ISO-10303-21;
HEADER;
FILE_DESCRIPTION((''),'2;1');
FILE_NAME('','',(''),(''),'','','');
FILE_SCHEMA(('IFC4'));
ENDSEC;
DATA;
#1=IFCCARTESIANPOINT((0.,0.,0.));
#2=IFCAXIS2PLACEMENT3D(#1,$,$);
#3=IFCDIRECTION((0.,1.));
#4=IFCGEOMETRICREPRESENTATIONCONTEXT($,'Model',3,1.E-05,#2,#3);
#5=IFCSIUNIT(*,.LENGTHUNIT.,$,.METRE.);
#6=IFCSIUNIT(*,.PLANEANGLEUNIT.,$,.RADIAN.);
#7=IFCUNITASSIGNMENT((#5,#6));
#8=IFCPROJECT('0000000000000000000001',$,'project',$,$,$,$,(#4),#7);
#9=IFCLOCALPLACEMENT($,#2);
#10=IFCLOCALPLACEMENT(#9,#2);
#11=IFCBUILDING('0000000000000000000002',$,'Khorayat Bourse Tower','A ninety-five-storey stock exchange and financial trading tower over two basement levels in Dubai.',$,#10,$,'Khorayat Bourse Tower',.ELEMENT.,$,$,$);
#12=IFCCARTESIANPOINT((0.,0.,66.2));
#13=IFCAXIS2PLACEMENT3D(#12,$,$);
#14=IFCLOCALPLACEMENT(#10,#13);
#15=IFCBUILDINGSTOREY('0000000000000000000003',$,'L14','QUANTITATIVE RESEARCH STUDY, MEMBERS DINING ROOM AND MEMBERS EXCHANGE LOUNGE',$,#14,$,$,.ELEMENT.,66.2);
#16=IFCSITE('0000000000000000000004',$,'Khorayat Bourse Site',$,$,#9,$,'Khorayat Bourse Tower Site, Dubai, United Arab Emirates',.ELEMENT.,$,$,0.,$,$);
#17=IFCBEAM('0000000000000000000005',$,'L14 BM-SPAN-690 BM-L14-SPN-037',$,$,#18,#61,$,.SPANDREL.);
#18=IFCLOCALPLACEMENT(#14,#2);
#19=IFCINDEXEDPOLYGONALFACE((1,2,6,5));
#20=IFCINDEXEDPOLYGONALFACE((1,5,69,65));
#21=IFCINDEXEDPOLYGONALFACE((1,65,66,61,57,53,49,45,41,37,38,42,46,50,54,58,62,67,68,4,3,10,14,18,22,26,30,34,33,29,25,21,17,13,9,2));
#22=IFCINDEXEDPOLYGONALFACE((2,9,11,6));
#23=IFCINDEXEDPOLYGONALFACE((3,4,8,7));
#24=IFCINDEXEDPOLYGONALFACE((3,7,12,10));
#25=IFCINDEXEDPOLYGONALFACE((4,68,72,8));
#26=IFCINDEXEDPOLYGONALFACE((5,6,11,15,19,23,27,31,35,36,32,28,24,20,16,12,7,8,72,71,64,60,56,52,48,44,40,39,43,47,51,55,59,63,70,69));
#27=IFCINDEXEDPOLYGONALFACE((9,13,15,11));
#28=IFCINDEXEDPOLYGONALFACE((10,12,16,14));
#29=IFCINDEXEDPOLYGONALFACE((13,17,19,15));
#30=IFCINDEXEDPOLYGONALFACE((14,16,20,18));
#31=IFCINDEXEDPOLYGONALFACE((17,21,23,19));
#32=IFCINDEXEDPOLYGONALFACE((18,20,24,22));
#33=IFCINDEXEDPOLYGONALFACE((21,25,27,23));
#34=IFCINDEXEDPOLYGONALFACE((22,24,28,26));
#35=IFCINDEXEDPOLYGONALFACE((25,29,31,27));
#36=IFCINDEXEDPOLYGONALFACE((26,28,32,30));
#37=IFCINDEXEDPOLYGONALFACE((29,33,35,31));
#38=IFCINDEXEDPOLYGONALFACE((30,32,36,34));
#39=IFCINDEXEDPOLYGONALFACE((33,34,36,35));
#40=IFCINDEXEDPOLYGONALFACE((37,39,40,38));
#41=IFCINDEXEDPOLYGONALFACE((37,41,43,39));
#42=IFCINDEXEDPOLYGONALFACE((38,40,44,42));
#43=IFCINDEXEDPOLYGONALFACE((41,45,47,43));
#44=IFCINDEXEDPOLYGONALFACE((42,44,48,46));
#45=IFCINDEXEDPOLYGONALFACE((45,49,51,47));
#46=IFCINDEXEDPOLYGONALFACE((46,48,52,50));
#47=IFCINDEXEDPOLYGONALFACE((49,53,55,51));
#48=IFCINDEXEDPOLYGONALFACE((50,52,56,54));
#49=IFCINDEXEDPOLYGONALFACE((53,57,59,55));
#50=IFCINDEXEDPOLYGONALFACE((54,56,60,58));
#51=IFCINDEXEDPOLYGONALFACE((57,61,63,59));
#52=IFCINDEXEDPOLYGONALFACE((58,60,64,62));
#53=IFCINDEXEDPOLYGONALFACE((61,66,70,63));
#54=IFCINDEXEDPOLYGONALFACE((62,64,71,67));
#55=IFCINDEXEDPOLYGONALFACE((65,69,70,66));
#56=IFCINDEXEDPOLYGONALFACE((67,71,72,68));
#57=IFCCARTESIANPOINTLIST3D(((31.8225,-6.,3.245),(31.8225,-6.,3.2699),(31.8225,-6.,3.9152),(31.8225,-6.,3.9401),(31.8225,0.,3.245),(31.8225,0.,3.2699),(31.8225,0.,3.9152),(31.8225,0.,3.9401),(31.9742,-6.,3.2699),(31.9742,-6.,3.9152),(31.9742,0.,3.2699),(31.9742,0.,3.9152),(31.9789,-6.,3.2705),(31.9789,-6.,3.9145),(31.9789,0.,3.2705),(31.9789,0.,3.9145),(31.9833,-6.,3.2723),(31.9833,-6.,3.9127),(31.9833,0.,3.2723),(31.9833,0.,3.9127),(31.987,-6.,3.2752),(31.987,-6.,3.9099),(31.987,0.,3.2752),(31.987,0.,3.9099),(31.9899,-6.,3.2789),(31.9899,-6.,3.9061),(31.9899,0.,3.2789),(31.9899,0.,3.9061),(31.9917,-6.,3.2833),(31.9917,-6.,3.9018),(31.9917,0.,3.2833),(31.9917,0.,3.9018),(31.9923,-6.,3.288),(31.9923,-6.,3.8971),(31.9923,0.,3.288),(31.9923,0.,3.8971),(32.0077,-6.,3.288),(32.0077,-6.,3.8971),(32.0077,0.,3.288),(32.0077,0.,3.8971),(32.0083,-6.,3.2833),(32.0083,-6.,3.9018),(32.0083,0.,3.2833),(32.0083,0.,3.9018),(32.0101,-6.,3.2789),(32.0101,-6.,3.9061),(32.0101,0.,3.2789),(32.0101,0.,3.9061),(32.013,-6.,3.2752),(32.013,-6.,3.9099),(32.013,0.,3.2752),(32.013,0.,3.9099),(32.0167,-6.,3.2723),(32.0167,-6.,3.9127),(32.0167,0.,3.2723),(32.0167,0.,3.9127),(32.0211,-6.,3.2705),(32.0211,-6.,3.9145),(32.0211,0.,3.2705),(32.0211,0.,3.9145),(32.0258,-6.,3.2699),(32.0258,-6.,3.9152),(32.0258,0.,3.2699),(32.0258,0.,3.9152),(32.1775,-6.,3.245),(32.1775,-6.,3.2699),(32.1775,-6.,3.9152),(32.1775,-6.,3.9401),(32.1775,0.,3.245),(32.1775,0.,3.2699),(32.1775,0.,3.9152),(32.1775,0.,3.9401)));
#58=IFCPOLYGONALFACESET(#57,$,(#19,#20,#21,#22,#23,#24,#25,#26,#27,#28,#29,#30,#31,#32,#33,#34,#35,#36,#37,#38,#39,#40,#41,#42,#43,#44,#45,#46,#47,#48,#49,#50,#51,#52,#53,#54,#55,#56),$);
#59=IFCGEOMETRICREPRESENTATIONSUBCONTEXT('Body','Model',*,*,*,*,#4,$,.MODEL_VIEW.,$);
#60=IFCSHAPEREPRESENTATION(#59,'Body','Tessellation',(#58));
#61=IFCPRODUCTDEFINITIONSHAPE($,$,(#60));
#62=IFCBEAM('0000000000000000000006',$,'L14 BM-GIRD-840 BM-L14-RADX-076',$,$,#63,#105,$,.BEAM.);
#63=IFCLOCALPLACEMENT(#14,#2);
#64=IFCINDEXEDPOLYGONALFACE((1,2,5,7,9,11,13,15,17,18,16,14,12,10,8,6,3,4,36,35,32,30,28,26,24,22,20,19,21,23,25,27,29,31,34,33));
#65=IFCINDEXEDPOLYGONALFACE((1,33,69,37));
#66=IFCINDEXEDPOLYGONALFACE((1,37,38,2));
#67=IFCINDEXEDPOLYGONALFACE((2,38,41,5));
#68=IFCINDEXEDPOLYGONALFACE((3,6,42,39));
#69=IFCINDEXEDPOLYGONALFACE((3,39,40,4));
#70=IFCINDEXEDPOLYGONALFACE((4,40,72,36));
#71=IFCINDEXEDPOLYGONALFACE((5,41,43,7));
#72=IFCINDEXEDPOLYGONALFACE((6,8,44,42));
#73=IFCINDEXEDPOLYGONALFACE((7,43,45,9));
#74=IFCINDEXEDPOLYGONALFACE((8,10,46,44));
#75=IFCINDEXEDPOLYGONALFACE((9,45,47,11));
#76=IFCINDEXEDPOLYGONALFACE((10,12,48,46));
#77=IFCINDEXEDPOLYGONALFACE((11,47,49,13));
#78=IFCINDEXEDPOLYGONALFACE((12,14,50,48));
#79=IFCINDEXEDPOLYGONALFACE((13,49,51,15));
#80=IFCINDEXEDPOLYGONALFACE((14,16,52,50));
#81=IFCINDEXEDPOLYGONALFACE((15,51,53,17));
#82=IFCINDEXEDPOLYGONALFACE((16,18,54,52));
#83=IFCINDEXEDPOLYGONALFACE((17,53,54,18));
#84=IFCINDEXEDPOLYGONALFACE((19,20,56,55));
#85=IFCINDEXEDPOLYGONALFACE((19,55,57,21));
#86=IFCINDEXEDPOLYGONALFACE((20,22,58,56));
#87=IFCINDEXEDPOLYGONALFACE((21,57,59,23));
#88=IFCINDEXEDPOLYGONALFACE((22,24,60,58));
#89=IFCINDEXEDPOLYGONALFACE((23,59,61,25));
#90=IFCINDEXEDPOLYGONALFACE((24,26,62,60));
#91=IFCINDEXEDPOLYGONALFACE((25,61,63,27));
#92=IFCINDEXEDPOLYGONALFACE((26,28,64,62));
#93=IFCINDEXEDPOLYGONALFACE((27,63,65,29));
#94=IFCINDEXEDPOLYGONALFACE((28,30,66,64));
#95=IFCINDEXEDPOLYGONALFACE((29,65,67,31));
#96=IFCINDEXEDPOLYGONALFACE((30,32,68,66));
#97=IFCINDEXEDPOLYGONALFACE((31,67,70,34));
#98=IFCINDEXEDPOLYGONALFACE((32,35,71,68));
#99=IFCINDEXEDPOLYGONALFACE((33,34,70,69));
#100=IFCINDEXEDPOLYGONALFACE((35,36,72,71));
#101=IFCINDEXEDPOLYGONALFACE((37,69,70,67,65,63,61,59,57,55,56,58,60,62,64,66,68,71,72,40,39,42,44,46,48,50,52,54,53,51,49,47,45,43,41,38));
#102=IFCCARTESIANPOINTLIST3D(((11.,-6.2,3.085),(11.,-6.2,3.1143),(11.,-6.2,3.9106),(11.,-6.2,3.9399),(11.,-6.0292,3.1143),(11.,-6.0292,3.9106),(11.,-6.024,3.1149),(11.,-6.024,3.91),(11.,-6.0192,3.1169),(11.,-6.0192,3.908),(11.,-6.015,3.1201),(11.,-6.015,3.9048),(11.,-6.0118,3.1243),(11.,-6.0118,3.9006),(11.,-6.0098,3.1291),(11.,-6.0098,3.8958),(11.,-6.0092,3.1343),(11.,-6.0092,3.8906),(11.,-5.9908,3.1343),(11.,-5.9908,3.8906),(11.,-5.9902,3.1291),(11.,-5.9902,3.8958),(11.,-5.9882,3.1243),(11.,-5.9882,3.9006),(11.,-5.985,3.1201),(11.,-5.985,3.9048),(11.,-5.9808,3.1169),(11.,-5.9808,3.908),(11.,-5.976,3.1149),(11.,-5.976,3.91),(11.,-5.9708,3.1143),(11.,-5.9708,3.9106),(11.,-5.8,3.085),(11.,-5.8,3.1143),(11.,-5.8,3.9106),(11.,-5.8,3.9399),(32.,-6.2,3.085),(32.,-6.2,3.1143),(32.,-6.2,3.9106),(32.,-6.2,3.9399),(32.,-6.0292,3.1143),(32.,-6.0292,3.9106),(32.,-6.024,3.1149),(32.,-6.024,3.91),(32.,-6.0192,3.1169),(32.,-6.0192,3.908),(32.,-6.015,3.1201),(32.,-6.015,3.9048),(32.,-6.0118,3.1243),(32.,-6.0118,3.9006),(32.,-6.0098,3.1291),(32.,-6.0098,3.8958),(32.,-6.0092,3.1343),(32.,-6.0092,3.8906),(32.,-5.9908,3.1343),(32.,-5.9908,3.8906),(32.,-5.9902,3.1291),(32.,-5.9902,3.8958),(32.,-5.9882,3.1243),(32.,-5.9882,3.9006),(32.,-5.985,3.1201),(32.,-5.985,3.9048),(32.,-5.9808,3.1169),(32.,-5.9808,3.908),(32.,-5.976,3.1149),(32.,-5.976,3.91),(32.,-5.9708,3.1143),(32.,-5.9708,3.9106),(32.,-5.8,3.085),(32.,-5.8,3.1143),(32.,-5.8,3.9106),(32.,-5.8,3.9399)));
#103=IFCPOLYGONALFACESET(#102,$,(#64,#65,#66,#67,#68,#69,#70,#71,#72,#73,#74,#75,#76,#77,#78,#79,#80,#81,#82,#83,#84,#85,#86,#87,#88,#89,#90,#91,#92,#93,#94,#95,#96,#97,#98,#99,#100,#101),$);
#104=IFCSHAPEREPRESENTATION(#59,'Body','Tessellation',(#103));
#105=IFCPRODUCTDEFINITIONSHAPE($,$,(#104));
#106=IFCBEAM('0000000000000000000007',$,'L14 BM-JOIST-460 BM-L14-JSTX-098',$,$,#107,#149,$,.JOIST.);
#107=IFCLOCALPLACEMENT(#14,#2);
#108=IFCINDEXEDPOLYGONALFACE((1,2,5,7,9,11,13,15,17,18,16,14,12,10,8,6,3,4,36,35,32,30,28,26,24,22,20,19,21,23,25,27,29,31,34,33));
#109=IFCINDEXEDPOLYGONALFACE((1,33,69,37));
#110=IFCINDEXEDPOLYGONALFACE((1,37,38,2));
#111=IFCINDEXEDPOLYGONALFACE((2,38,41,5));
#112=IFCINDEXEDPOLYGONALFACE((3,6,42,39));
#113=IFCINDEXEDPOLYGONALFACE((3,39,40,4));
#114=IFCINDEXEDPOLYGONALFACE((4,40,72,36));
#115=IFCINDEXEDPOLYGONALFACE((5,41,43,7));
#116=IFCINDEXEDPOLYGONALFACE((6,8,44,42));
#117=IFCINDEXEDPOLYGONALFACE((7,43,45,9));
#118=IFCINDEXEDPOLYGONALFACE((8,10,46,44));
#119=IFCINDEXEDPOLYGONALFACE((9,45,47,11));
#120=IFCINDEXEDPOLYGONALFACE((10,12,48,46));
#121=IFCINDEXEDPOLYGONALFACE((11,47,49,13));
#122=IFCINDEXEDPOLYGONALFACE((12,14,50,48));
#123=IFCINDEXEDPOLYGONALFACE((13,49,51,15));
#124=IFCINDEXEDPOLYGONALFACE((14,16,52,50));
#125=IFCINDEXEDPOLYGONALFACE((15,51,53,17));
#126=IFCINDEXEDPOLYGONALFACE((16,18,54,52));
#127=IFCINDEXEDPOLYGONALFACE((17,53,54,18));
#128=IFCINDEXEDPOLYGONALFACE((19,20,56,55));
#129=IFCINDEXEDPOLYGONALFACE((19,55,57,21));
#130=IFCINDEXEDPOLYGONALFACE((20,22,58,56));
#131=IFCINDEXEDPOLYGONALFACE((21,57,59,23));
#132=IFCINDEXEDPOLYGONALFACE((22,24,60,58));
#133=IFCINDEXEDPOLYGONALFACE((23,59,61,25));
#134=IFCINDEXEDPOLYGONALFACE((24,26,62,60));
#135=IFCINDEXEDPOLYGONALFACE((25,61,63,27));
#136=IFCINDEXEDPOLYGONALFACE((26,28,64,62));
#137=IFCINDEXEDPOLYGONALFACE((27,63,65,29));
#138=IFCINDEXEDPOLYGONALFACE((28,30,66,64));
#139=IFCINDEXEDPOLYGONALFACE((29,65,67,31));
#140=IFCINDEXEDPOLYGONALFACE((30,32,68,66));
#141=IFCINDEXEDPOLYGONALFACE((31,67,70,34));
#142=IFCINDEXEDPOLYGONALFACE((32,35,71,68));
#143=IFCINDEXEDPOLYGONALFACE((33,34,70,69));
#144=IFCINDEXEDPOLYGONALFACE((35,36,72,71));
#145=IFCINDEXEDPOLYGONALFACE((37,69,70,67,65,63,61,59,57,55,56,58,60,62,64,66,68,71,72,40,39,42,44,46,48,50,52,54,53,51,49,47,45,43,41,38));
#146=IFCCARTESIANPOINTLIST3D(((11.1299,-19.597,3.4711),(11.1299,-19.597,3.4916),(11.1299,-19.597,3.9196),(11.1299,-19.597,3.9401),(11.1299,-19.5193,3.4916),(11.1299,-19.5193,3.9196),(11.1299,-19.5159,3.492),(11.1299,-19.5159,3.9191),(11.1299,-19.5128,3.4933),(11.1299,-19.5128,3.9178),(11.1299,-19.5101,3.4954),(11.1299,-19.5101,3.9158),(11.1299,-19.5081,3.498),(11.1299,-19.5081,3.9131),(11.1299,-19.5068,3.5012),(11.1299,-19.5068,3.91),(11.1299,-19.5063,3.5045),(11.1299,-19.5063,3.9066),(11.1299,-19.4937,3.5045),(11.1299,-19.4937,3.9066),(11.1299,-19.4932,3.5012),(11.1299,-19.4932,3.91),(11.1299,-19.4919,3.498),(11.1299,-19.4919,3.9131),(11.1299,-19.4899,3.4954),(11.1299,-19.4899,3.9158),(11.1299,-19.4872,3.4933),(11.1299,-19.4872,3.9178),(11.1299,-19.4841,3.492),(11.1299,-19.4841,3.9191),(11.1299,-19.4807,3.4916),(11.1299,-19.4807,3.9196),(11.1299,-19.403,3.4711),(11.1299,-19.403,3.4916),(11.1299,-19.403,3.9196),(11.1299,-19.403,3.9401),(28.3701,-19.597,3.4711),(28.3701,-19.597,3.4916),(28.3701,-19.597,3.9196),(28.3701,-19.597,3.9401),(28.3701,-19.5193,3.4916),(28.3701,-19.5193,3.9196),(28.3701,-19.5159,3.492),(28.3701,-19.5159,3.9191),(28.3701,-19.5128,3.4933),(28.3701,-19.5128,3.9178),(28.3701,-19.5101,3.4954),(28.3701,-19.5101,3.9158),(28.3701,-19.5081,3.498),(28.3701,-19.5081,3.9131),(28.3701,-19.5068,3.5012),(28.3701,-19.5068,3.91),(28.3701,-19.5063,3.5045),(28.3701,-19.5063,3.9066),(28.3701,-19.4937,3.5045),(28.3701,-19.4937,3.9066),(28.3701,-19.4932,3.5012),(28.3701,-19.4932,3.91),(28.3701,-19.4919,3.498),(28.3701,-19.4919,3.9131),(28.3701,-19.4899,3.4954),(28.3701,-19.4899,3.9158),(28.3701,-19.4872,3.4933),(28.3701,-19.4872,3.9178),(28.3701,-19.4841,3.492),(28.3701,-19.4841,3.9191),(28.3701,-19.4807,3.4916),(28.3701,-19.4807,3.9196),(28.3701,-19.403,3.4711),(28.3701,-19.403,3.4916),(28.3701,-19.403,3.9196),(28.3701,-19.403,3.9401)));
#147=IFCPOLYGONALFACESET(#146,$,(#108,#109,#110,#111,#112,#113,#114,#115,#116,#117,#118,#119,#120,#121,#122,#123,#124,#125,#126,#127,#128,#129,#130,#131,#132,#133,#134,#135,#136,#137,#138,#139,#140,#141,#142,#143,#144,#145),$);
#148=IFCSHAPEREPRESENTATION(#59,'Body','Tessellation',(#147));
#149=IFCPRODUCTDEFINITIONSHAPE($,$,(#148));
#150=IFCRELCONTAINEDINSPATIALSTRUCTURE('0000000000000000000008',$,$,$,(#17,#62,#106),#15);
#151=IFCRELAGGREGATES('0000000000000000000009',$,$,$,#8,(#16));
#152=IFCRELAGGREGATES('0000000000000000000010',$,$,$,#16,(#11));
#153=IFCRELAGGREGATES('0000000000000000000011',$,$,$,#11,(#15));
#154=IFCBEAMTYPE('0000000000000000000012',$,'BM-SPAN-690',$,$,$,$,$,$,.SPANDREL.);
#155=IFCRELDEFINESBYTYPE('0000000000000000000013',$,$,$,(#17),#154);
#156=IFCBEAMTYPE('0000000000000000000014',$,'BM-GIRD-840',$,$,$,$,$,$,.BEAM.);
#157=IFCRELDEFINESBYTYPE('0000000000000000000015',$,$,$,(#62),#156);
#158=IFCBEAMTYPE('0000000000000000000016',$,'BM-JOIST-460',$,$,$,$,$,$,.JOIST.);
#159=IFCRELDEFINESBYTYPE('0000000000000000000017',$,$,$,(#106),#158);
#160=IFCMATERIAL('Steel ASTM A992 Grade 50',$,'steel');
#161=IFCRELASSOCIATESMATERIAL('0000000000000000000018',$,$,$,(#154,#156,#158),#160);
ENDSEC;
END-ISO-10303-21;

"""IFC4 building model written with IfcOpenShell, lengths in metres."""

from ifc_helpers import new_model, si_unit, direction, frame, origin, origin_2d, place, context, subcontext, project, spatial, i_section, extrude, source, transform, mapped, material, material_profile, profile_set, type_object, element, save


model = new_model("IFC4")

# Units and contexts
model_context = context("Model", 3, precision=1e-05, world=origin(), true_north=direction((0.0, 1.0)))
body_context = subcontext(model_context, "Body", "Model", "MODEL_VIEW")
ifc_project = project(units=[si_unit("LENGTHUNIT", "METRE"), si_unit("PLANEANGLEUNIT", "RADIAN")], contexts=[model_context])

# Site, building, storey
site_placement = place(None, origin())
site = spatial("IfcSite", under=ifc_project, at=site_placement, Name="Khorayat Bourse Site", LongName="Khorayat Bourse Tower Site, Dubai, United Arab Emirates", CompositionType="ELEMENT", RefElevation=0.0)
building_placement = place(site_placement, origin())
building = spatial("IfcBuilding", under=site, at=building_placement, Name="Khorayat Bourse Tower", Description="A ninety-five-storey stock exchange and financial trading tower over two basement levels in Dubai.", LongName="Khorayat Bourse Tower", CompositionType="ELEMENT")
storey_placement = place(building_placement, frame((0.0, 0.0, 66.2)))
storey = spatial("IfcBuildingStorey", under=building, at=storey_placement, Name="L14", Description="QUANTITATIVE RESEARCH STUDY, MEMBERS DINING ROOM AND MEMBERS EXCHANGE LOUNGE", CompositionType="ELEMENT", Elevation=66.2)

# Beams
ifc_material_1 = material(Name="Steel ASTM A992 Grade 50", Category="steel")
ifc_material_profile_1 = material_profile(ifc_material_1, i_section(OverallWidth=0.355, OverallDepth=0.6951, WebThickness=0.0154, FlangeThickness=0.0249, FilletRadius=0.0181, at=origin_2d()), Name="W690X217")
ifc_profile_set_1 = profile_set([ifc_material_profile_1], Name="Steel ASTM A992 Grade 50")
beam_type_1 = type_object("IfcBeamType", Name="BM-SPAN-690", PredefinedType="SPANDREL", material=ifc_profile_set_1)
shared_shape_1 = source(origin(), body_context, "Body", "SweptSolid", [
    extrude(i_section(OverallWidth=0.355, OverallDepth=0.6951, WebThickness=0.0154, FlangeThickness=0.0249, FilletRadius=0.0181, at=origin_2d()), origin(), (0.0, 0.0, 1.0), 6.0),
])
beam_1_placement = place(storey_placement, frame((32.0, -6.0, 3.5925), z_axis=(0.0, 1.0, 0.0), x_axis=(-1.0, 0.0, 0.0)))
element("IfcBeam", 1, at=beam_1_placement, inside=storey, type_object=beam_type_1, Name="L14 BM-SPAN-690 BM-L14-SPN-037", PredefinedType="SPANDREL", context=body_context, shape_type="MappedRepresentation", body=[
    mapped(shared_shape_1, transform((0.0, 0.0, 0.0), scale=1.0)),
])
ifc_material_profile_2 = material_profile(ifc_material_1, i_section(OverallWidth=0.3999, OverallDepth=0.855, WebThickness=0.0183, FlangeThickness=0.0293, FilletRadius=0.02, at=origin_2d()), Name="W840X299")
ifc_profile_set_2 = profile_set([ifc_material_profile_2], Name="Steel ASTM A992 Grade 50")
beam_type_2 = type_object("IfcBeamType", Name="BM-GIRD-840", PredefinedType="BEAM", material=ifc_profile_set_2)
shared_shape_2 = source(origin(), body_context, "Body", "SweptSolid", [
    extrude(i_section(OverallWidth=0.3999, OverallDepth=0.855, WebThickness=0.0183, FlangeThickness=0.0293, FilletRadius=0.02, at=origin_2d()), origin(), (0.0, 0.0, 1.0), 21.0),
])
beam_2_placement = place(storey_placement, frame((11.0, -6.0, 3.5125), z_axis=(1.0, 0.0, 0.0), x_axis=(0.0, 1.0, 0.0)))
element("IfcBeam", 2, at=beam_2_placement, inside=storey, type_object=beam_type_2, Name="L14 BM-GIRD-840 BM-L14-RADX-076", PredefinedType="BEAM", context=body_context, shape_type="MappedRepresentation", body=[
    mapped(shared_shape_2, transform((0.0, 0.0, 0.0), scale=1.0)),
])
ifc_material_profile_3 = material_profile(ifc_material_1, i_section(OverallWidth=0.1941, OverallDepth=0.469, WebThickness=0.0127, FlangeThickness=0.0205, FilletRadius=0.0129, at=origin_2d()), Name="W460X106")
ifc_profile_set_3 = profile_set([ifc_material_profile_3], Name="Steel ASTM A992 Grade 50")
beam_type_3 = type_object("IfcBeamType", Name="BM-JOIST-460", PredefinedType="JOIST", material=ifc_profile_set_3)
shared_shape_3 = source(origin(), body_context, "Body", "SweptSolid", [
    extrude(i_section(OverallWidth=0.1941, OverallDepth=0.469, WebThickness=0.0127, FlangeThickness=0.0205, FilletRadius=0.0129, at=origin_2d()), origin(), (0.0, 0.0, 1.0), 17.2402),
])
beam_3_placement = place(storey_placement, frame((11.1299, -19.5, 3.7056), z_axis=(1.0, 0.0, 0.0), x_axis=(0.0, 1.0, 0.0)))
element("IfcBeam", 3, at=beam_3_placement, inside=storey, type_object=beam_type_3, Name="L14 BM-JOIST-460 BM-L14-JSTX-098", PredefinedType="JOIST", context=body_context, shape_type="MappedRepresentation", body=[
    mapped(shared_shape_3, transform((0.0, 0.0, 0.0), scale=1.0)),
])

save(model, "model.ifc")
